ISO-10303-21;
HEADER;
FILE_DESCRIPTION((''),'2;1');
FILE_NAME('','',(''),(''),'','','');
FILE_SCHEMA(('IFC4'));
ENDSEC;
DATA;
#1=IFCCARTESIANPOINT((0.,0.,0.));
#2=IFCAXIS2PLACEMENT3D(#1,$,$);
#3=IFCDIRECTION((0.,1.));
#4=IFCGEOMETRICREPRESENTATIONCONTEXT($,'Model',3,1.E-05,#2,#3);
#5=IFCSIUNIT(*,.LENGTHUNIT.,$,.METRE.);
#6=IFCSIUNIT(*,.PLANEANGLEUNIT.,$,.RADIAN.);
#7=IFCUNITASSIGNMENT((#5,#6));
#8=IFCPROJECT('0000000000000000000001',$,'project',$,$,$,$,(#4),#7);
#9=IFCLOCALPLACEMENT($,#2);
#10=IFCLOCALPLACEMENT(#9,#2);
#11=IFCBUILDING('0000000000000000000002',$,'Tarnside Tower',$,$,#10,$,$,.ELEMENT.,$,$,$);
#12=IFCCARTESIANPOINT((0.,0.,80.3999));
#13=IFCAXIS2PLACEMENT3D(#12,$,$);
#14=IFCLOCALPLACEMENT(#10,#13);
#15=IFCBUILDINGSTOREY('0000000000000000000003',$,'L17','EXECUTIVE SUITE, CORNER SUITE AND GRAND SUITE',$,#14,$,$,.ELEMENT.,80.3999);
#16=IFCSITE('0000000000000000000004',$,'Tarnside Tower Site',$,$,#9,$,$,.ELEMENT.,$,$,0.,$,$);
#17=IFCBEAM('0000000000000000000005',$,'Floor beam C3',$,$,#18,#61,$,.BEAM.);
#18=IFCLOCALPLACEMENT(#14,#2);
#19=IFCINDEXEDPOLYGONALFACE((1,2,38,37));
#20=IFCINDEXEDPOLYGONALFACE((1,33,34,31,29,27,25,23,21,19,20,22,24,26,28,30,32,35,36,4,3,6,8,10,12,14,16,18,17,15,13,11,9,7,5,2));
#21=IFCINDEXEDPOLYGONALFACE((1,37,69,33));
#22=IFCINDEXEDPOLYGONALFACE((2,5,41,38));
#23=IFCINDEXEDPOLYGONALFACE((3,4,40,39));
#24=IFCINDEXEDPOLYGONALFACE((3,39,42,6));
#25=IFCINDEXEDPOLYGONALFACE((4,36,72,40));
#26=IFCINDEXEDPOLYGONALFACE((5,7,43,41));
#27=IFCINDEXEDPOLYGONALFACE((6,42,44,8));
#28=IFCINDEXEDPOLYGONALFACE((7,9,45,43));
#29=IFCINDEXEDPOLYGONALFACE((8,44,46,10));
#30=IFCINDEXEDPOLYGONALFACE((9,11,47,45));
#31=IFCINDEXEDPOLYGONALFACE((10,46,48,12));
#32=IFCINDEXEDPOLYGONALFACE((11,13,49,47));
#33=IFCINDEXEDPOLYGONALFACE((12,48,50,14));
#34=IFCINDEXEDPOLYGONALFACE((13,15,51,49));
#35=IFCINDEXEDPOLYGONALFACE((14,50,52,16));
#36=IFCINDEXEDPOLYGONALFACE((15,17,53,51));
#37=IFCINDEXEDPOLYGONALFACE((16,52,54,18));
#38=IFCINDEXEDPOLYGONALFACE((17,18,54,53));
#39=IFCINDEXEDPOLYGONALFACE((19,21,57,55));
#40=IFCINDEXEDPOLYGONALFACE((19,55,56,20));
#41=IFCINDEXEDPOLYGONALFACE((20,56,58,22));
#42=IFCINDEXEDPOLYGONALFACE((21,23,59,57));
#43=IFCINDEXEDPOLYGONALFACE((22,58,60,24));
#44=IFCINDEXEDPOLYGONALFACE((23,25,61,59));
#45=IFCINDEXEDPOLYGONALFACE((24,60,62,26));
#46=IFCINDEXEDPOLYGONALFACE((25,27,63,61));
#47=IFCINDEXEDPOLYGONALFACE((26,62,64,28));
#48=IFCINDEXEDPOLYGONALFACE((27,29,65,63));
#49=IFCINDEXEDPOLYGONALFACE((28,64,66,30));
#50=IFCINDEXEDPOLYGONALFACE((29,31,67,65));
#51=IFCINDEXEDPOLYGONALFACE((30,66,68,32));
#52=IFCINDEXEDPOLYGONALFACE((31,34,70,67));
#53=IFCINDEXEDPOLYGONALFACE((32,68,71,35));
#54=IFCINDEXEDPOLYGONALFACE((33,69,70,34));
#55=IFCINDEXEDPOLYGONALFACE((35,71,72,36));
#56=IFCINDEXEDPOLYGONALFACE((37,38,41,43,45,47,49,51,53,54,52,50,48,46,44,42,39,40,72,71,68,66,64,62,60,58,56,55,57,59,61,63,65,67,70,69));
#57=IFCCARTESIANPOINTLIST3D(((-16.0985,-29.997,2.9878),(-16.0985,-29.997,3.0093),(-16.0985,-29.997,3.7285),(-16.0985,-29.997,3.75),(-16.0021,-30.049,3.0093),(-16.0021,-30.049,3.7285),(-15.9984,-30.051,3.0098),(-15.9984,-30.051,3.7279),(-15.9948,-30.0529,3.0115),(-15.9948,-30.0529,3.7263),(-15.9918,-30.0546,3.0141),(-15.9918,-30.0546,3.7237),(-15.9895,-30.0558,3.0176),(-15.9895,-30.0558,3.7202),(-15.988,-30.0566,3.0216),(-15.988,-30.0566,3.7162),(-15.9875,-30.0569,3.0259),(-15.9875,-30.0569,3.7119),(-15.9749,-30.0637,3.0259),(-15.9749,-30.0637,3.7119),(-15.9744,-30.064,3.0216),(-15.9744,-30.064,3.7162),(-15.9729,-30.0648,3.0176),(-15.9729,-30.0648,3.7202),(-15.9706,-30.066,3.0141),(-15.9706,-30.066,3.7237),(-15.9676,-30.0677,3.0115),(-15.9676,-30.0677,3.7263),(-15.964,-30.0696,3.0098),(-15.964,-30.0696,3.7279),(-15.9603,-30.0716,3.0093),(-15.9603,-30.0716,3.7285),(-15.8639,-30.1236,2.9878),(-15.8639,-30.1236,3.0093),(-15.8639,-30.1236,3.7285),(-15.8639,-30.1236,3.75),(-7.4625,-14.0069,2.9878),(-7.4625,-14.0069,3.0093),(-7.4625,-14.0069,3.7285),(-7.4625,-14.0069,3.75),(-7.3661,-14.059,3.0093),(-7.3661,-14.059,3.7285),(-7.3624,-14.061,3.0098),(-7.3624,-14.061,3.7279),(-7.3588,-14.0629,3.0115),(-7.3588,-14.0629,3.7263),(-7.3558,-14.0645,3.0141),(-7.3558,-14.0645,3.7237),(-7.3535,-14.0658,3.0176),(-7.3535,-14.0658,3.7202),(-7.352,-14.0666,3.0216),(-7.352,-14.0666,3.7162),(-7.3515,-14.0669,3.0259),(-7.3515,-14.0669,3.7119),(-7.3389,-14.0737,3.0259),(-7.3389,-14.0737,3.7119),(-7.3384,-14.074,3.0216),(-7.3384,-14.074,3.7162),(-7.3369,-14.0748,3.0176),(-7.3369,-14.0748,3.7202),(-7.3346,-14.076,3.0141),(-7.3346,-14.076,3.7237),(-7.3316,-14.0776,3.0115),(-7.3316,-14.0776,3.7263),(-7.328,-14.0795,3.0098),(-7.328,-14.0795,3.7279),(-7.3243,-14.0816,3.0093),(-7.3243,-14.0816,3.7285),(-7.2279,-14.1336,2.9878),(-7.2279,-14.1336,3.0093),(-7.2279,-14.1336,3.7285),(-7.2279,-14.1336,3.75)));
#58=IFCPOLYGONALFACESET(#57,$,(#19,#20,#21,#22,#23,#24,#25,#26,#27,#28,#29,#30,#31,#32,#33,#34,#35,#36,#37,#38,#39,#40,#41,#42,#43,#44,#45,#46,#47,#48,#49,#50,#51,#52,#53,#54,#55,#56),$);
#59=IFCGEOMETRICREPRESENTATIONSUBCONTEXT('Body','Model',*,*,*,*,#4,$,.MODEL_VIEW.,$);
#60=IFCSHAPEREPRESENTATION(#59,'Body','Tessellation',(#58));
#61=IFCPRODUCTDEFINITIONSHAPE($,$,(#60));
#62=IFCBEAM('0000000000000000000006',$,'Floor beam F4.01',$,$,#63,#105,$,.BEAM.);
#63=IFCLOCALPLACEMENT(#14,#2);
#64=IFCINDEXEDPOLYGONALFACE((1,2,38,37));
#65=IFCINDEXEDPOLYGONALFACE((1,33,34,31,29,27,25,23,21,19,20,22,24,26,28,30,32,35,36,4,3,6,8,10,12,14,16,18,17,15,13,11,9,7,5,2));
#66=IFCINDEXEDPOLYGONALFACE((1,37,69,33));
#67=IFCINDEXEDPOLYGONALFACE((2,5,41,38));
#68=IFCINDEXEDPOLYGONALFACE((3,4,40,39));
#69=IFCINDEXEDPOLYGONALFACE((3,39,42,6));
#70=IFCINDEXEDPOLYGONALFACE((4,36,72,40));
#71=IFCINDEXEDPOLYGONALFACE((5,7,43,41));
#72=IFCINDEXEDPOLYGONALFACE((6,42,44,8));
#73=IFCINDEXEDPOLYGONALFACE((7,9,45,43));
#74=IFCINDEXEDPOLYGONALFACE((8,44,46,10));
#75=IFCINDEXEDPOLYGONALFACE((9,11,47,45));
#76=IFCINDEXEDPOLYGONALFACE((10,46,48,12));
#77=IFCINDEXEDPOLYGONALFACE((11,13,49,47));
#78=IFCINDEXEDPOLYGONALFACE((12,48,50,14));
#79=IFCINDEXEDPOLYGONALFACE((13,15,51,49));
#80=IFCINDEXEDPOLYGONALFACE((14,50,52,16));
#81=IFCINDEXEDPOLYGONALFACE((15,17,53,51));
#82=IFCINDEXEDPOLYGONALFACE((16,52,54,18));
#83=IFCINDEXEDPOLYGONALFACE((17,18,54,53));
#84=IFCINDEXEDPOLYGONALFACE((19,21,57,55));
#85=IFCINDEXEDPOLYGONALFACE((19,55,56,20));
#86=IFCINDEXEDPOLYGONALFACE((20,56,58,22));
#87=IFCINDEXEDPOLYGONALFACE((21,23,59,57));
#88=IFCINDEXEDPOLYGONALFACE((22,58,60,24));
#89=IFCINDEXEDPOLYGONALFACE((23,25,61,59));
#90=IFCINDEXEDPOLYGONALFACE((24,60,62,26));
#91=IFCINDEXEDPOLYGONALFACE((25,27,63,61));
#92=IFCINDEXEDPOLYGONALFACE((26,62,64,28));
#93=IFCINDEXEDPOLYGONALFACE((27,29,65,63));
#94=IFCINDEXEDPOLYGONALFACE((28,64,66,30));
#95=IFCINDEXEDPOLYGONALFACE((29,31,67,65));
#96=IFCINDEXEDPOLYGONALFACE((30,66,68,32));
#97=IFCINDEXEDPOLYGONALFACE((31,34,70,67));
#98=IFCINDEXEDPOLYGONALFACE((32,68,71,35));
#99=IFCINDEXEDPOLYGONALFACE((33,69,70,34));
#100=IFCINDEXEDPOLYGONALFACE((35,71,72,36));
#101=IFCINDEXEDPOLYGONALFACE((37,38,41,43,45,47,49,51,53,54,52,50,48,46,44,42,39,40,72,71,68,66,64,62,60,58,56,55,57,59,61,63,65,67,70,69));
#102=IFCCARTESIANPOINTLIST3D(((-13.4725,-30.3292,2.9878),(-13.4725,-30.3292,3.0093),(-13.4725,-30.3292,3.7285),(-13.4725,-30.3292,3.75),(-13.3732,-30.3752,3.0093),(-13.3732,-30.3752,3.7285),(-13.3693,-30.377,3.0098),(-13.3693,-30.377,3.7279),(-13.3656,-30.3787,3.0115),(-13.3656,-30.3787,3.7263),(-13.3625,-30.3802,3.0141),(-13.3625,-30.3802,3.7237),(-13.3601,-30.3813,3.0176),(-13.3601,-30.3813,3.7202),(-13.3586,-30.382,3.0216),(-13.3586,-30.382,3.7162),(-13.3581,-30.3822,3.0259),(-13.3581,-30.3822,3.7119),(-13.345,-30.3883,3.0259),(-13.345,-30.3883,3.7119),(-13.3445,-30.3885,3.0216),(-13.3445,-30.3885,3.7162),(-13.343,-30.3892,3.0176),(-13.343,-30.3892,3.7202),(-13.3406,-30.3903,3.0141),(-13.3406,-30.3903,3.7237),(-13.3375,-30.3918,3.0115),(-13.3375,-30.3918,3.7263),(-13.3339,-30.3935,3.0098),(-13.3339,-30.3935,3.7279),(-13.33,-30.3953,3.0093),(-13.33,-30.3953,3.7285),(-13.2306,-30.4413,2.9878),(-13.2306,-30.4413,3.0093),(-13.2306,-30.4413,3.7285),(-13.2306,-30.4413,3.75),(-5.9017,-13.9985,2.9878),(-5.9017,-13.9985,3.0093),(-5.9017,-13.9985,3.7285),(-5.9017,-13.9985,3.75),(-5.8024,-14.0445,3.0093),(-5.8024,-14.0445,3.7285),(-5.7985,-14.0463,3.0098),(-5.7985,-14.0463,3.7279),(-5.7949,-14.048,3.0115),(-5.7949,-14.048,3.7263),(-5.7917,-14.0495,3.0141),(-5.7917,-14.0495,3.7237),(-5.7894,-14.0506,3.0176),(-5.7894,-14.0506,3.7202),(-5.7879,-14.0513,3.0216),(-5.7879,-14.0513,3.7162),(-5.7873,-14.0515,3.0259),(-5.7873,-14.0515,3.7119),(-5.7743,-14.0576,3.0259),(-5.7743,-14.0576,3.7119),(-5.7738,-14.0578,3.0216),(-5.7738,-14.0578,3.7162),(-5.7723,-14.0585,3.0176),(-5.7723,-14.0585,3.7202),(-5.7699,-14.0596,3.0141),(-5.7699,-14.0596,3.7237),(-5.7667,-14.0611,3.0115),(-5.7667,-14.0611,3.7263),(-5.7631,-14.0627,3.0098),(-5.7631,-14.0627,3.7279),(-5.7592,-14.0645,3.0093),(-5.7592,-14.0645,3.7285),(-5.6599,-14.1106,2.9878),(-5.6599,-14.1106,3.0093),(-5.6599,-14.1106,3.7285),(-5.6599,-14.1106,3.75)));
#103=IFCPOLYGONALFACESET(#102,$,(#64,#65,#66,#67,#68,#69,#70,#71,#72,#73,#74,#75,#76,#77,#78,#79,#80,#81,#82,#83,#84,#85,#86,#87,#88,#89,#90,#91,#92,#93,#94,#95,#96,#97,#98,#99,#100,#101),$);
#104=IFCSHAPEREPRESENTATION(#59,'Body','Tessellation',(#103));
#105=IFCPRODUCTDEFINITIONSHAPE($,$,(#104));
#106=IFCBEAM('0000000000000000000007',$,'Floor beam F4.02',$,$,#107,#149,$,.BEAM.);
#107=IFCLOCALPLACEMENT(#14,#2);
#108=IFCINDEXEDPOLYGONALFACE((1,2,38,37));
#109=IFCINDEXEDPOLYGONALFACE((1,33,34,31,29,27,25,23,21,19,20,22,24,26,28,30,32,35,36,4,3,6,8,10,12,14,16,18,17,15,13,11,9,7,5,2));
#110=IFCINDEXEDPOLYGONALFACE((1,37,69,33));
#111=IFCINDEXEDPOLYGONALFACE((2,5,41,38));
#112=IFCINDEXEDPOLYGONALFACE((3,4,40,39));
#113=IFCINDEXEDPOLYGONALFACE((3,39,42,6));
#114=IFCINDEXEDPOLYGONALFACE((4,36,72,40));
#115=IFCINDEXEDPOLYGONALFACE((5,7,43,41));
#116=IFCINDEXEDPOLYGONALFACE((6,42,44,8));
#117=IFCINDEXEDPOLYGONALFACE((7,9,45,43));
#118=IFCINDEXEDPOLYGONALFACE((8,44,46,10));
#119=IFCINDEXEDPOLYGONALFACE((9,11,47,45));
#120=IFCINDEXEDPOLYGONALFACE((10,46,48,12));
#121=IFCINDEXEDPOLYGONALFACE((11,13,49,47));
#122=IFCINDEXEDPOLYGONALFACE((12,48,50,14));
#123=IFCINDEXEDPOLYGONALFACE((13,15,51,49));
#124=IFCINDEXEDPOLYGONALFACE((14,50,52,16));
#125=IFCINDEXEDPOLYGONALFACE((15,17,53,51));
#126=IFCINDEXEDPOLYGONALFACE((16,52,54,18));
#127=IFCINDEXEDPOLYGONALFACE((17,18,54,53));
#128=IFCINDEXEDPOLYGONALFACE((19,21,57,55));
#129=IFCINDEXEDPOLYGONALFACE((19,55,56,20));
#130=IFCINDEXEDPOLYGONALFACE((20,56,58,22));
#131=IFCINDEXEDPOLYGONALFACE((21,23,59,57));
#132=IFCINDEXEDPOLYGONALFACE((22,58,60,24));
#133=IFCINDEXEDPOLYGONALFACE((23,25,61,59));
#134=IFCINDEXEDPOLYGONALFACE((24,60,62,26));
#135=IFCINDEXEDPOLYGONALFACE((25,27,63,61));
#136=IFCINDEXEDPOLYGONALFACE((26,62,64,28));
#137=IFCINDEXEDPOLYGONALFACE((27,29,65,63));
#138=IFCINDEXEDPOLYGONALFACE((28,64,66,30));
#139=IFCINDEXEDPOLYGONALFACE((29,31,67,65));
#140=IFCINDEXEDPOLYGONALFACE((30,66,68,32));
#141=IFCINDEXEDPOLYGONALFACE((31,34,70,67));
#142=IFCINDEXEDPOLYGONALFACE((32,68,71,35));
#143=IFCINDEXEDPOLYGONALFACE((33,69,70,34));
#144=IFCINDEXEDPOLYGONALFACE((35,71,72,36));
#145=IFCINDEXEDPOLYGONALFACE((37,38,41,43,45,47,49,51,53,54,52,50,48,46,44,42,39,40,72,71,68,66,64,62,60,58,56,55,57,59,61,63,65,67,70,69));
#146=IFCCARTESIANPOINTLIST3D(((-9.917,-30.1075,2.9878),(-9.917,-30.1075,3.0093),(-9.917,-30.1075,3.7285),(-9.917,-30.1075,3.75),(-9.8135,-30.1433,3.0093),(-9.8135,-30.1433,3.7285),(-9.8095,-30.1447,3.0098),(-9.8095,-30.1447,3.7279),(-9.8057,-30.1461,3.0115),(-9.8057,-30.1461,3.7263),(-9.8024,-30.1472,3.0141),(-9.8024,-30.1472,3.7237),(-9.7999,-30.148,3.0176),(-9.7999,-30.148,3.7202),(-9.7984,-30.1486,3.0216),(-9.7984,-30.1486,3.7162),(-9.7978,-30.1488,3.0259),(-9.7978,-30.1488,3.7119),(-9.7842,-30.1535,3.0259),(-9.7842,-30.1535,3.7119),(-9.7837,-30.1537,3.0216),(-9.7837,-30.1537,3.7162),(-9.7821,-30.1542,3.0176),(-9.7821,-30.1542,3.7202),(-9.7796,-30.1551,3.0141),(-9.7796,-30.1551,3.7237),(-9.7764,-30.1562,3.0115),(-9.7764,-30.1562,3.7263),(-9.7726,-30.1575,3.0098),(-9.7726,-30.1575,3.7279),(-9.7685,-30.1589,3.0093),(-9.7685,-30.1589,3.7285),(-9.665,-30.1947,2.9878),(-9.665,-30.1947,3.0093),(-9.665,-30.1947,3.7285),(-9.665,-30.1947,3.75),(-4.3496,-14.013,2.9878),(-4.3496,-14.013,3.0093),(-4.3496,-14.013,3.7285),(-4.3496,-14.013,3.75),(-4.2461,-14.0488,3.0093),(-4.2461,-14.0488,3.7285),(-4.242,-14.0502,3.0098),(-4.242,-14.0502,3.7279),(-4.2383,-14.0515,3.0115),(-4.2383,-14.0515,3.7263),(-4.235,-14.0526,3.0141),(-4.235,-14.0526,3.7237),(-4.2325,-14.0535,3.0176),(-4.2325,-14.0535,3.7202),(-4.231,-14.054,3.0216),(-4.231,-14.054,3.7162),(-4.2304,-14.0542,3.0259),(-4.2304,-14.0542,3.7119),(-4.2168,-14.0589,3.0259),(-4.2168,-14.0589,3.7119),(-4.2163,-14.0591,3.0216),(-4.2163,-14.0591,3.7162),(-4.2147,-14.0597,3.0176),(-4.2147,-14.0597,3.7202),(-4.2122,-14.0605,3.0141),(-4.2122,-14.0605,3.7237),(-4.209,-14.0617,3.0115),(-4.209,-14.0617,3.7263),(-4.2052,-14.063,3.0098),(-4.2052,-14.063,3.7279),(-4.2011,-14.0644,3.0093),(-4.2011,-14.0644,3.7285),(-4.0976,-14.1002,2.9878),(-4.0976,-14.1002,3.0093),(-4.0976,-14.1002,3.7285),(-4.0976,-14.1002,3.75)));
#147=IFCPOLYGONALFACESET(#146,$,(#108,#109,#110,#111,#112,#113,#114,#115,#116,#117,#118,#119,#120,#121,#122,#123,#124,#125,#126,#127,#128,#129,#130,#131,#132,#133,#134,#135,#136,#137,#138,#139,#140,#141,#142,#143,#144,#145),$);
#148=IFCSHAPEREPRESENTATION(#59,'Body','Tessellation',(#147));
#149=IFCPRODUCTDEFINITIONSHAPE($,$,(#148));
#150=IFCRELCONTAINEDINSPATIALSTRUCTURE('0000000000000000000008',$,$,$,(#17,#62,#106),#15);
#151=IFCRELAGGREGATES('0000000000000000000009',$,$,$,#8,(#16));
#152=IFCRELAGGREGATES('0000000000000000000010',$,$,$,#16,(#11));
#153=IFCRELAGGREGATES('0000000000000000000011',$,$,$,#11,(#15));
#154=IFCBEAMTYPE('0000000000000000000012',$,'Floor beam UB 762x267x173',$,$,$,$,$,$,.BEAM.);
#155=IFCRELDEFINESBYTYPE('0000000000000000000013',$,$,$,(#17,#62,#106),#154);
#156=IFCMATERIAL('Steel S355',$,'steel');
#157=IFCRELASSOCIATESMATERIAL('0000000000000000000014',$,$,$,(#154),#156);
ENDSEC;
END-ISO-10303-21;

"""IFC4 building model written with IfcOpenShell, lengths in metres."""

from ifc_helpers import new_model, si_unit, direction, frame, origin, origin_2d, place, context, subcontext, project, spatial, i_section, extrude, material, material_profile, profile_set, type_object, element, save


model = new_model("IFC4")

# Units and contexts
model_context = context("Model", 3, precision=1e-05, world=origin(), true_north=direction((0.0, 1.0)))
body_context = subcontext(model_context, "Body", "Model", "MODEL_VIEW")
ifc_project = project(units=[si_unit("LENGTHUNIT", "METRE"), si_unit("PLANEANGLEUNIT", "RADIAN")], contexts=[model_context])

# Site, building, storey
site_placement = place(None, origin())
site = spatial("IfcSite", under=ifc_project, at=site_placement, Name="Tarnside Tower Site", CompositionType="ELEMENT", RefElevation=0.0)
building_placement = place(site_placement, origin())
building = spatial("IfcBuilding", under=site, at=building_placement, Name="Tarnside Tower", CompositionType="ELEMENT")
storey_placement = place(building_placement, frame((0.0, 0.0, 80.3999)))
storey = spatial("IfcBuildingStorey", under=building, at=storey_placement, Name="L17", Description="EXECUTIVE SUITE, CORNER SUITE AND GRAND SUITE", CompositionType="ELEMENT", Elevation=80.3999)

# Beams
ifc_material_1 = material(Name="Steel S355", Category="steel")
ifc_material_profile = material_profile(ifc_material_1, i_section(OverallWidth=0.2666, OverallDepth=0.7622, WebThickness=0.0144, FlangeThickness=0.0215, FilletRadius=0.0166, at=origin_2d()), Name="UB 762x267x173")
ifc_profile_set = profile_set([ifc_material_profile], Name="Steel S355")
beam_type = type_object("IfcBeamType", Name="Floor beam UB 762x267x173", PredefinedType="BEAM", material=ifc_profile_set)
beam_1_placement = place(storey_placement, frame((-15.9812, -30.0603, 3.3689), z_axis=(0.475208, 0.879873, 0.0), x_axis=(-0.879873, 0.475208, 0.0)))
element("IfcBeam", 1, at=beam_1_placement, inside=storey, type_object=beam_type, Name="Floor beam C3", PredefinedType="BEAM", context=body_context, shape_type="SweptSolid", body=[
    extrude(i_section(OverallWidth=0.2666, OverallDepth=0.7622, WebThickness=0.0144, FlangeThickness=0.0215, FilletRadius=0.0166, at=origin_2d()), origin(), (0.0, 0.0, 1.0), 18.1731),
])
beam_2_placement = place(storey_placement, frame((-13.3516, -30.3853, 3.3689), z_axis=(0.420592, 0.90725, 0.0), x_axis=(-0.90725, 0.420592, 0.0)))
element("IfcBeam", 2, at=beam_2_placement, inside=storey, type_object=beam_type, Name="Floor beam F4.01", PredefinedType="BEAM", context=body_context, shape_type="SweptSolid", body=[
    extrude(i_section(OverallWidth=0.2666, OverallDepth=0.7622, WebThickness=0.0144, FlangeThickness=0.0215, FilletRadius=0.0166, at=origin_2d()), origin(), (0.0, 0.0, 1.0), 18.0002),
])
beam_3_placement = place(storey_placement, frame((-9.791, -30.1511, 3.3689), z_axis=(0.326912, 0.945055, 0.0), x_axis=(-0.945055, 0.326912, 0.0)))
element("IfcBeam", 3, at=beam_3_placement, inside=storey, type_object=beam_type, Name="Floor beam F4.02", PredefinedType="BEAM", context=body_context, shape_type="SweptSolid", body=[
    extrude(i_section(OverallWidth=0.2666, OverallDepth=0.7622, WebThickness=0.0144, FlangeThickness=0.0215, FilletRadius=0.0166, at=origin_2d()), origin(), (0.0, 0.0, 1.0), 17.0303),
])

save(model, "model.ifc")
